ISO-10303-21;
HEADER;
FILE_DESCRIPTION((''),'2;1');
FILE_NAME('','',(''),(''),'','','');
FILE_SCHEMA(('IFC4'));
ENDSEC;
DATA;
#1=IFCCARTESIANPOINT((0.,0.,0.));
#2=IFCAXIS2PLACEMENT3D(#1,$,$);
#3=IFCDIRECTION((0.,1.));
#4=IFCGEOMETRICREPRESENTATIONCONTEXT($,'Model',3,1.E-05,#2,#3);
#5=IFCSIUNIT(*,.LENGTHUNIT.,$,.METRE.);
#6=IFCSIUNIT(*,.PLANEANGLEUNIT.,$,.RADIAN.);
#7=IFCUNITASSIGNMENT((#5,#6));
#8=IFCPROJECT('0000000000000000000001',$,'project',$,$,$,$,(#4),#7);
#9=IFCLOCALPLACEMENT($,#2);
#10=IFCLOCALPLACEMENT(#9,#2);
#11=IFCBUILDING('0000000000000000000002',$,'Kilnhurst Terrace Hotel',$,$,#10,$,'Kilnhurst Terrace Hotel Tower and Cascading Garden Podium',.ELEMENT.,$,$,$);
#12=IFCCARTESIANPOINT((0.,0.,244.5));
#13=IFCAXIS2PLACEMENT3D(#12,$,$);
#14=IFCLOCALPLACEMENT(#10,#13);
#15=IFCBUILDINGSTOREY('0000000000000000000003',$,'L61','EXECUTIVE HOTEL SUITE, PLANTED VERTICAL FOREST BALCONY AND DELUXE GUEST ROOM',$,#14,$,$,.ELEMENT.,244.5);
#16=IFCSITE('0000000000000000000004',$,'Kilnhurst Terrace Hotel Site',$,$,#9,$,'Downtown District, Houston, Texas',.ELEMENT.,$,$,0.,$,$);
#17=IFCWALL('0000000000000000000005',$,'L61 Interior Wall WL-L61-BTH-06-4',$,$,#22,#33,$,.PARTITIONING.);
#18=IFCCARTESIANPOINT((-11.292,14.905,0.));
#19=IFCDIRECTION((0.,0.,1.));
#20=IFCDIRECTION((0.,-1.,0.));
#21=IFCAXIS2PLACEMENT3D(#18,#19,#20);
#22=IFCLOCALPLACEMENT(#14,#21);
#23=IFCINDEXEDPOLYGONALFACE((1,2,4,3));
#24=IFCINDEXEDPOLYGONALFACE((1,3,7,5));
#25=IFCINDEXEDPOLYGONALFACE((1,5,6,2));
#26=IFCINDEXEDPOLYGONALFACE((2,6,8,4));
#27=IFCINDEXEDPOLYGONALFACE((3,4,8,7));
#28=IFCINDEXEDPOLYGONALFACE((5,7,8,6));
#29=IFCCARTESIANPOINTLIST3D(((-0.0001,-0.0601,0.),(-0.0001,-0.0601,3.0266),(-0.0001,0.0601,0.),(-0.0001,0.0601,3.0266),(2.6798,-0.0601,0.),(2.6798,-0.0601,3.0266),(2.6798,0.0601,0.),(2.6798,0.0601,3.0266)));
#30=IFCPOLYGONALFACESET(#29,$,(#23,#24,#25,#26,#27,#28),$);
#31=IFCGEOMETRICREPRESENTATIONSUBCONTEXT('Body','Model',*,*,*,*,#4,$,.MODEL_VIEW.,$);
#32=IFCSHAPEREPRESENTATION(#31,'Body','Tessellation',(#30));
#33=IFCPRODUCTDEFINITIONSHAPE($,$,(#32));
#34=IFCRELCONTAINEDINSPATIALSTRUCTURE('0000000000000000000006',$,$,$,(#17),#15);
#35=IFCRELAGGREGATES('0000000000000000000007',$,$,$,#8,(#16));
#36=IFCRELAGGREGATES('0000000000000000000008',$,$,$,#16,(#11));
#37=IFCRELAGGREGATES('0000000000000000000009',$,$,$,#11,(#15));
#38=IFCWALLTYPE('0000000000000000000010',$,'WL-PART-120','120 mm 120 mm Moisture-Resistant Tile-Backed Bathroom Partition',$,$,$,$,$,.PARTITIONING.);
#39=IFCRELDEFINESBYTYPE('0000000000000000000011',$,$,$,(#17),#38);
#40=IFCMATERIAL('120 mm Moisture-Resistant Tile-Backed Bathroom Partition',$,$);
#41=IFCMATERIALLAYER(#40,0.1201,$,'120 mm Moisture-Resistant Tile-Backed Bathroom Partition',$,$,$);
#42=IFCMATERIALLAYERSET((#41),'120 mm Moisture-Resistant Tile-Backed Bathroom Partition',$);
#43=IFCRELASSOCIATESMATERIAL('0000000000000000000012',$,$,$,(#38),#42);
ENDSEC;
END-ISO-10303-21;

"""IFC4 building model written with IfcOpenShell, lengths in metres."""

from ifc_helpers import new_model, si_unit, direction, frame, frame_2d, origin, place, context, subcontext, project, spatial, rectangle, extrude, material, layer, layer_set, type_object, element, save


model = new_model("IFC4")

# Units and contexts
model_context = context("Model", 3, precision=1e-05, world=origin(), true_north=direction((0.0, 1.0)))
body_context = subcontext(model_context, "Body", "Model", "MODEL_VIEW")
ifc_project = project(units=[si_unit("LENGTHUNIT", "METRE"), si_unit("PLANEANGLEUNIT", "RADIAN")], contexts=[model_context])

# Site, building, storey
site_placement = place(None, origin())
site = spatial("IfcSite", under=ifc_project, at=site_placement, Name="Kilnhurst Terrace Hotel Site", LongName="Downtown District, Houston, Texas", CompositionType="ELEMENT", RefElevation=0.0)
building_placement = place(site_placement, origin())
building = spatial("IfcBuilding", under=site, at=building_placement, Name="Kilnhurst Terrace Hotel", LongName="Kilnhurst Terrace Hotel Tower and Cascading Garden Podium", CompositionType="ELEMENT")
storey_placement = place(building_placement, frame((0.0, 0.0, 244.5)))
storey = spatial("IfcBuildingStorey", under=building, at=storey_placement, Name="L61", Description="EXECUTIVE HOTEL SUITE, PLANTED VERTICAL FOREST BALCONY AND DELUXE GUEST ROOM", CompositionType="ELEMENT", Elevation=244.5)

# Shared definitions
ifc_material_1 = material(Name="120 mm Moisture-Resistant Tile-Backed Bathroom Partition")
ifc_layer_1 = layer(ifc_material_1, 0.1201, Name="120 mm Moisture-Resistant Tile-Backed Bathroom Partition")
ifc_layer_set_1 = layer_set([ifc_layer_1], Name="120 mm Moisture-Resistant Tile-Backed Bathroom Partition")
wall_type_1 = type_object("IfcWallType", Name="WL-PART-120", Description="120 mm 120 mm Moisture-Resistant Tile-Backed Bathroom Partition", PredefinedType="PARTITIONING", material=ifc_layer_set_1)

# Wall
wall_1_placement = place(storey_placement, frame((-11.292, 14.905, 0.0), z_axis=(0.0, 0.0, 1.0), x_axis=(0.0, -1.0, 0.0)))
element("IfcWall", 1, at=wall_1_placement, inside=storey, type_object=wall_type_1, Name="L61 Interior Wall WL-L61-BTH-06-4", PredefinedType="PARTITIONING", context=body_context, shape_type="SweptSolid", body=[
    extrude(rectangle(XDim=2.6799, YDim=0.1201, at=frame_2d((1.3398, 0.0))), origin(), (0.0, 0.0, 1.0), 3.0266),
])

save(model, "model.ifc")
